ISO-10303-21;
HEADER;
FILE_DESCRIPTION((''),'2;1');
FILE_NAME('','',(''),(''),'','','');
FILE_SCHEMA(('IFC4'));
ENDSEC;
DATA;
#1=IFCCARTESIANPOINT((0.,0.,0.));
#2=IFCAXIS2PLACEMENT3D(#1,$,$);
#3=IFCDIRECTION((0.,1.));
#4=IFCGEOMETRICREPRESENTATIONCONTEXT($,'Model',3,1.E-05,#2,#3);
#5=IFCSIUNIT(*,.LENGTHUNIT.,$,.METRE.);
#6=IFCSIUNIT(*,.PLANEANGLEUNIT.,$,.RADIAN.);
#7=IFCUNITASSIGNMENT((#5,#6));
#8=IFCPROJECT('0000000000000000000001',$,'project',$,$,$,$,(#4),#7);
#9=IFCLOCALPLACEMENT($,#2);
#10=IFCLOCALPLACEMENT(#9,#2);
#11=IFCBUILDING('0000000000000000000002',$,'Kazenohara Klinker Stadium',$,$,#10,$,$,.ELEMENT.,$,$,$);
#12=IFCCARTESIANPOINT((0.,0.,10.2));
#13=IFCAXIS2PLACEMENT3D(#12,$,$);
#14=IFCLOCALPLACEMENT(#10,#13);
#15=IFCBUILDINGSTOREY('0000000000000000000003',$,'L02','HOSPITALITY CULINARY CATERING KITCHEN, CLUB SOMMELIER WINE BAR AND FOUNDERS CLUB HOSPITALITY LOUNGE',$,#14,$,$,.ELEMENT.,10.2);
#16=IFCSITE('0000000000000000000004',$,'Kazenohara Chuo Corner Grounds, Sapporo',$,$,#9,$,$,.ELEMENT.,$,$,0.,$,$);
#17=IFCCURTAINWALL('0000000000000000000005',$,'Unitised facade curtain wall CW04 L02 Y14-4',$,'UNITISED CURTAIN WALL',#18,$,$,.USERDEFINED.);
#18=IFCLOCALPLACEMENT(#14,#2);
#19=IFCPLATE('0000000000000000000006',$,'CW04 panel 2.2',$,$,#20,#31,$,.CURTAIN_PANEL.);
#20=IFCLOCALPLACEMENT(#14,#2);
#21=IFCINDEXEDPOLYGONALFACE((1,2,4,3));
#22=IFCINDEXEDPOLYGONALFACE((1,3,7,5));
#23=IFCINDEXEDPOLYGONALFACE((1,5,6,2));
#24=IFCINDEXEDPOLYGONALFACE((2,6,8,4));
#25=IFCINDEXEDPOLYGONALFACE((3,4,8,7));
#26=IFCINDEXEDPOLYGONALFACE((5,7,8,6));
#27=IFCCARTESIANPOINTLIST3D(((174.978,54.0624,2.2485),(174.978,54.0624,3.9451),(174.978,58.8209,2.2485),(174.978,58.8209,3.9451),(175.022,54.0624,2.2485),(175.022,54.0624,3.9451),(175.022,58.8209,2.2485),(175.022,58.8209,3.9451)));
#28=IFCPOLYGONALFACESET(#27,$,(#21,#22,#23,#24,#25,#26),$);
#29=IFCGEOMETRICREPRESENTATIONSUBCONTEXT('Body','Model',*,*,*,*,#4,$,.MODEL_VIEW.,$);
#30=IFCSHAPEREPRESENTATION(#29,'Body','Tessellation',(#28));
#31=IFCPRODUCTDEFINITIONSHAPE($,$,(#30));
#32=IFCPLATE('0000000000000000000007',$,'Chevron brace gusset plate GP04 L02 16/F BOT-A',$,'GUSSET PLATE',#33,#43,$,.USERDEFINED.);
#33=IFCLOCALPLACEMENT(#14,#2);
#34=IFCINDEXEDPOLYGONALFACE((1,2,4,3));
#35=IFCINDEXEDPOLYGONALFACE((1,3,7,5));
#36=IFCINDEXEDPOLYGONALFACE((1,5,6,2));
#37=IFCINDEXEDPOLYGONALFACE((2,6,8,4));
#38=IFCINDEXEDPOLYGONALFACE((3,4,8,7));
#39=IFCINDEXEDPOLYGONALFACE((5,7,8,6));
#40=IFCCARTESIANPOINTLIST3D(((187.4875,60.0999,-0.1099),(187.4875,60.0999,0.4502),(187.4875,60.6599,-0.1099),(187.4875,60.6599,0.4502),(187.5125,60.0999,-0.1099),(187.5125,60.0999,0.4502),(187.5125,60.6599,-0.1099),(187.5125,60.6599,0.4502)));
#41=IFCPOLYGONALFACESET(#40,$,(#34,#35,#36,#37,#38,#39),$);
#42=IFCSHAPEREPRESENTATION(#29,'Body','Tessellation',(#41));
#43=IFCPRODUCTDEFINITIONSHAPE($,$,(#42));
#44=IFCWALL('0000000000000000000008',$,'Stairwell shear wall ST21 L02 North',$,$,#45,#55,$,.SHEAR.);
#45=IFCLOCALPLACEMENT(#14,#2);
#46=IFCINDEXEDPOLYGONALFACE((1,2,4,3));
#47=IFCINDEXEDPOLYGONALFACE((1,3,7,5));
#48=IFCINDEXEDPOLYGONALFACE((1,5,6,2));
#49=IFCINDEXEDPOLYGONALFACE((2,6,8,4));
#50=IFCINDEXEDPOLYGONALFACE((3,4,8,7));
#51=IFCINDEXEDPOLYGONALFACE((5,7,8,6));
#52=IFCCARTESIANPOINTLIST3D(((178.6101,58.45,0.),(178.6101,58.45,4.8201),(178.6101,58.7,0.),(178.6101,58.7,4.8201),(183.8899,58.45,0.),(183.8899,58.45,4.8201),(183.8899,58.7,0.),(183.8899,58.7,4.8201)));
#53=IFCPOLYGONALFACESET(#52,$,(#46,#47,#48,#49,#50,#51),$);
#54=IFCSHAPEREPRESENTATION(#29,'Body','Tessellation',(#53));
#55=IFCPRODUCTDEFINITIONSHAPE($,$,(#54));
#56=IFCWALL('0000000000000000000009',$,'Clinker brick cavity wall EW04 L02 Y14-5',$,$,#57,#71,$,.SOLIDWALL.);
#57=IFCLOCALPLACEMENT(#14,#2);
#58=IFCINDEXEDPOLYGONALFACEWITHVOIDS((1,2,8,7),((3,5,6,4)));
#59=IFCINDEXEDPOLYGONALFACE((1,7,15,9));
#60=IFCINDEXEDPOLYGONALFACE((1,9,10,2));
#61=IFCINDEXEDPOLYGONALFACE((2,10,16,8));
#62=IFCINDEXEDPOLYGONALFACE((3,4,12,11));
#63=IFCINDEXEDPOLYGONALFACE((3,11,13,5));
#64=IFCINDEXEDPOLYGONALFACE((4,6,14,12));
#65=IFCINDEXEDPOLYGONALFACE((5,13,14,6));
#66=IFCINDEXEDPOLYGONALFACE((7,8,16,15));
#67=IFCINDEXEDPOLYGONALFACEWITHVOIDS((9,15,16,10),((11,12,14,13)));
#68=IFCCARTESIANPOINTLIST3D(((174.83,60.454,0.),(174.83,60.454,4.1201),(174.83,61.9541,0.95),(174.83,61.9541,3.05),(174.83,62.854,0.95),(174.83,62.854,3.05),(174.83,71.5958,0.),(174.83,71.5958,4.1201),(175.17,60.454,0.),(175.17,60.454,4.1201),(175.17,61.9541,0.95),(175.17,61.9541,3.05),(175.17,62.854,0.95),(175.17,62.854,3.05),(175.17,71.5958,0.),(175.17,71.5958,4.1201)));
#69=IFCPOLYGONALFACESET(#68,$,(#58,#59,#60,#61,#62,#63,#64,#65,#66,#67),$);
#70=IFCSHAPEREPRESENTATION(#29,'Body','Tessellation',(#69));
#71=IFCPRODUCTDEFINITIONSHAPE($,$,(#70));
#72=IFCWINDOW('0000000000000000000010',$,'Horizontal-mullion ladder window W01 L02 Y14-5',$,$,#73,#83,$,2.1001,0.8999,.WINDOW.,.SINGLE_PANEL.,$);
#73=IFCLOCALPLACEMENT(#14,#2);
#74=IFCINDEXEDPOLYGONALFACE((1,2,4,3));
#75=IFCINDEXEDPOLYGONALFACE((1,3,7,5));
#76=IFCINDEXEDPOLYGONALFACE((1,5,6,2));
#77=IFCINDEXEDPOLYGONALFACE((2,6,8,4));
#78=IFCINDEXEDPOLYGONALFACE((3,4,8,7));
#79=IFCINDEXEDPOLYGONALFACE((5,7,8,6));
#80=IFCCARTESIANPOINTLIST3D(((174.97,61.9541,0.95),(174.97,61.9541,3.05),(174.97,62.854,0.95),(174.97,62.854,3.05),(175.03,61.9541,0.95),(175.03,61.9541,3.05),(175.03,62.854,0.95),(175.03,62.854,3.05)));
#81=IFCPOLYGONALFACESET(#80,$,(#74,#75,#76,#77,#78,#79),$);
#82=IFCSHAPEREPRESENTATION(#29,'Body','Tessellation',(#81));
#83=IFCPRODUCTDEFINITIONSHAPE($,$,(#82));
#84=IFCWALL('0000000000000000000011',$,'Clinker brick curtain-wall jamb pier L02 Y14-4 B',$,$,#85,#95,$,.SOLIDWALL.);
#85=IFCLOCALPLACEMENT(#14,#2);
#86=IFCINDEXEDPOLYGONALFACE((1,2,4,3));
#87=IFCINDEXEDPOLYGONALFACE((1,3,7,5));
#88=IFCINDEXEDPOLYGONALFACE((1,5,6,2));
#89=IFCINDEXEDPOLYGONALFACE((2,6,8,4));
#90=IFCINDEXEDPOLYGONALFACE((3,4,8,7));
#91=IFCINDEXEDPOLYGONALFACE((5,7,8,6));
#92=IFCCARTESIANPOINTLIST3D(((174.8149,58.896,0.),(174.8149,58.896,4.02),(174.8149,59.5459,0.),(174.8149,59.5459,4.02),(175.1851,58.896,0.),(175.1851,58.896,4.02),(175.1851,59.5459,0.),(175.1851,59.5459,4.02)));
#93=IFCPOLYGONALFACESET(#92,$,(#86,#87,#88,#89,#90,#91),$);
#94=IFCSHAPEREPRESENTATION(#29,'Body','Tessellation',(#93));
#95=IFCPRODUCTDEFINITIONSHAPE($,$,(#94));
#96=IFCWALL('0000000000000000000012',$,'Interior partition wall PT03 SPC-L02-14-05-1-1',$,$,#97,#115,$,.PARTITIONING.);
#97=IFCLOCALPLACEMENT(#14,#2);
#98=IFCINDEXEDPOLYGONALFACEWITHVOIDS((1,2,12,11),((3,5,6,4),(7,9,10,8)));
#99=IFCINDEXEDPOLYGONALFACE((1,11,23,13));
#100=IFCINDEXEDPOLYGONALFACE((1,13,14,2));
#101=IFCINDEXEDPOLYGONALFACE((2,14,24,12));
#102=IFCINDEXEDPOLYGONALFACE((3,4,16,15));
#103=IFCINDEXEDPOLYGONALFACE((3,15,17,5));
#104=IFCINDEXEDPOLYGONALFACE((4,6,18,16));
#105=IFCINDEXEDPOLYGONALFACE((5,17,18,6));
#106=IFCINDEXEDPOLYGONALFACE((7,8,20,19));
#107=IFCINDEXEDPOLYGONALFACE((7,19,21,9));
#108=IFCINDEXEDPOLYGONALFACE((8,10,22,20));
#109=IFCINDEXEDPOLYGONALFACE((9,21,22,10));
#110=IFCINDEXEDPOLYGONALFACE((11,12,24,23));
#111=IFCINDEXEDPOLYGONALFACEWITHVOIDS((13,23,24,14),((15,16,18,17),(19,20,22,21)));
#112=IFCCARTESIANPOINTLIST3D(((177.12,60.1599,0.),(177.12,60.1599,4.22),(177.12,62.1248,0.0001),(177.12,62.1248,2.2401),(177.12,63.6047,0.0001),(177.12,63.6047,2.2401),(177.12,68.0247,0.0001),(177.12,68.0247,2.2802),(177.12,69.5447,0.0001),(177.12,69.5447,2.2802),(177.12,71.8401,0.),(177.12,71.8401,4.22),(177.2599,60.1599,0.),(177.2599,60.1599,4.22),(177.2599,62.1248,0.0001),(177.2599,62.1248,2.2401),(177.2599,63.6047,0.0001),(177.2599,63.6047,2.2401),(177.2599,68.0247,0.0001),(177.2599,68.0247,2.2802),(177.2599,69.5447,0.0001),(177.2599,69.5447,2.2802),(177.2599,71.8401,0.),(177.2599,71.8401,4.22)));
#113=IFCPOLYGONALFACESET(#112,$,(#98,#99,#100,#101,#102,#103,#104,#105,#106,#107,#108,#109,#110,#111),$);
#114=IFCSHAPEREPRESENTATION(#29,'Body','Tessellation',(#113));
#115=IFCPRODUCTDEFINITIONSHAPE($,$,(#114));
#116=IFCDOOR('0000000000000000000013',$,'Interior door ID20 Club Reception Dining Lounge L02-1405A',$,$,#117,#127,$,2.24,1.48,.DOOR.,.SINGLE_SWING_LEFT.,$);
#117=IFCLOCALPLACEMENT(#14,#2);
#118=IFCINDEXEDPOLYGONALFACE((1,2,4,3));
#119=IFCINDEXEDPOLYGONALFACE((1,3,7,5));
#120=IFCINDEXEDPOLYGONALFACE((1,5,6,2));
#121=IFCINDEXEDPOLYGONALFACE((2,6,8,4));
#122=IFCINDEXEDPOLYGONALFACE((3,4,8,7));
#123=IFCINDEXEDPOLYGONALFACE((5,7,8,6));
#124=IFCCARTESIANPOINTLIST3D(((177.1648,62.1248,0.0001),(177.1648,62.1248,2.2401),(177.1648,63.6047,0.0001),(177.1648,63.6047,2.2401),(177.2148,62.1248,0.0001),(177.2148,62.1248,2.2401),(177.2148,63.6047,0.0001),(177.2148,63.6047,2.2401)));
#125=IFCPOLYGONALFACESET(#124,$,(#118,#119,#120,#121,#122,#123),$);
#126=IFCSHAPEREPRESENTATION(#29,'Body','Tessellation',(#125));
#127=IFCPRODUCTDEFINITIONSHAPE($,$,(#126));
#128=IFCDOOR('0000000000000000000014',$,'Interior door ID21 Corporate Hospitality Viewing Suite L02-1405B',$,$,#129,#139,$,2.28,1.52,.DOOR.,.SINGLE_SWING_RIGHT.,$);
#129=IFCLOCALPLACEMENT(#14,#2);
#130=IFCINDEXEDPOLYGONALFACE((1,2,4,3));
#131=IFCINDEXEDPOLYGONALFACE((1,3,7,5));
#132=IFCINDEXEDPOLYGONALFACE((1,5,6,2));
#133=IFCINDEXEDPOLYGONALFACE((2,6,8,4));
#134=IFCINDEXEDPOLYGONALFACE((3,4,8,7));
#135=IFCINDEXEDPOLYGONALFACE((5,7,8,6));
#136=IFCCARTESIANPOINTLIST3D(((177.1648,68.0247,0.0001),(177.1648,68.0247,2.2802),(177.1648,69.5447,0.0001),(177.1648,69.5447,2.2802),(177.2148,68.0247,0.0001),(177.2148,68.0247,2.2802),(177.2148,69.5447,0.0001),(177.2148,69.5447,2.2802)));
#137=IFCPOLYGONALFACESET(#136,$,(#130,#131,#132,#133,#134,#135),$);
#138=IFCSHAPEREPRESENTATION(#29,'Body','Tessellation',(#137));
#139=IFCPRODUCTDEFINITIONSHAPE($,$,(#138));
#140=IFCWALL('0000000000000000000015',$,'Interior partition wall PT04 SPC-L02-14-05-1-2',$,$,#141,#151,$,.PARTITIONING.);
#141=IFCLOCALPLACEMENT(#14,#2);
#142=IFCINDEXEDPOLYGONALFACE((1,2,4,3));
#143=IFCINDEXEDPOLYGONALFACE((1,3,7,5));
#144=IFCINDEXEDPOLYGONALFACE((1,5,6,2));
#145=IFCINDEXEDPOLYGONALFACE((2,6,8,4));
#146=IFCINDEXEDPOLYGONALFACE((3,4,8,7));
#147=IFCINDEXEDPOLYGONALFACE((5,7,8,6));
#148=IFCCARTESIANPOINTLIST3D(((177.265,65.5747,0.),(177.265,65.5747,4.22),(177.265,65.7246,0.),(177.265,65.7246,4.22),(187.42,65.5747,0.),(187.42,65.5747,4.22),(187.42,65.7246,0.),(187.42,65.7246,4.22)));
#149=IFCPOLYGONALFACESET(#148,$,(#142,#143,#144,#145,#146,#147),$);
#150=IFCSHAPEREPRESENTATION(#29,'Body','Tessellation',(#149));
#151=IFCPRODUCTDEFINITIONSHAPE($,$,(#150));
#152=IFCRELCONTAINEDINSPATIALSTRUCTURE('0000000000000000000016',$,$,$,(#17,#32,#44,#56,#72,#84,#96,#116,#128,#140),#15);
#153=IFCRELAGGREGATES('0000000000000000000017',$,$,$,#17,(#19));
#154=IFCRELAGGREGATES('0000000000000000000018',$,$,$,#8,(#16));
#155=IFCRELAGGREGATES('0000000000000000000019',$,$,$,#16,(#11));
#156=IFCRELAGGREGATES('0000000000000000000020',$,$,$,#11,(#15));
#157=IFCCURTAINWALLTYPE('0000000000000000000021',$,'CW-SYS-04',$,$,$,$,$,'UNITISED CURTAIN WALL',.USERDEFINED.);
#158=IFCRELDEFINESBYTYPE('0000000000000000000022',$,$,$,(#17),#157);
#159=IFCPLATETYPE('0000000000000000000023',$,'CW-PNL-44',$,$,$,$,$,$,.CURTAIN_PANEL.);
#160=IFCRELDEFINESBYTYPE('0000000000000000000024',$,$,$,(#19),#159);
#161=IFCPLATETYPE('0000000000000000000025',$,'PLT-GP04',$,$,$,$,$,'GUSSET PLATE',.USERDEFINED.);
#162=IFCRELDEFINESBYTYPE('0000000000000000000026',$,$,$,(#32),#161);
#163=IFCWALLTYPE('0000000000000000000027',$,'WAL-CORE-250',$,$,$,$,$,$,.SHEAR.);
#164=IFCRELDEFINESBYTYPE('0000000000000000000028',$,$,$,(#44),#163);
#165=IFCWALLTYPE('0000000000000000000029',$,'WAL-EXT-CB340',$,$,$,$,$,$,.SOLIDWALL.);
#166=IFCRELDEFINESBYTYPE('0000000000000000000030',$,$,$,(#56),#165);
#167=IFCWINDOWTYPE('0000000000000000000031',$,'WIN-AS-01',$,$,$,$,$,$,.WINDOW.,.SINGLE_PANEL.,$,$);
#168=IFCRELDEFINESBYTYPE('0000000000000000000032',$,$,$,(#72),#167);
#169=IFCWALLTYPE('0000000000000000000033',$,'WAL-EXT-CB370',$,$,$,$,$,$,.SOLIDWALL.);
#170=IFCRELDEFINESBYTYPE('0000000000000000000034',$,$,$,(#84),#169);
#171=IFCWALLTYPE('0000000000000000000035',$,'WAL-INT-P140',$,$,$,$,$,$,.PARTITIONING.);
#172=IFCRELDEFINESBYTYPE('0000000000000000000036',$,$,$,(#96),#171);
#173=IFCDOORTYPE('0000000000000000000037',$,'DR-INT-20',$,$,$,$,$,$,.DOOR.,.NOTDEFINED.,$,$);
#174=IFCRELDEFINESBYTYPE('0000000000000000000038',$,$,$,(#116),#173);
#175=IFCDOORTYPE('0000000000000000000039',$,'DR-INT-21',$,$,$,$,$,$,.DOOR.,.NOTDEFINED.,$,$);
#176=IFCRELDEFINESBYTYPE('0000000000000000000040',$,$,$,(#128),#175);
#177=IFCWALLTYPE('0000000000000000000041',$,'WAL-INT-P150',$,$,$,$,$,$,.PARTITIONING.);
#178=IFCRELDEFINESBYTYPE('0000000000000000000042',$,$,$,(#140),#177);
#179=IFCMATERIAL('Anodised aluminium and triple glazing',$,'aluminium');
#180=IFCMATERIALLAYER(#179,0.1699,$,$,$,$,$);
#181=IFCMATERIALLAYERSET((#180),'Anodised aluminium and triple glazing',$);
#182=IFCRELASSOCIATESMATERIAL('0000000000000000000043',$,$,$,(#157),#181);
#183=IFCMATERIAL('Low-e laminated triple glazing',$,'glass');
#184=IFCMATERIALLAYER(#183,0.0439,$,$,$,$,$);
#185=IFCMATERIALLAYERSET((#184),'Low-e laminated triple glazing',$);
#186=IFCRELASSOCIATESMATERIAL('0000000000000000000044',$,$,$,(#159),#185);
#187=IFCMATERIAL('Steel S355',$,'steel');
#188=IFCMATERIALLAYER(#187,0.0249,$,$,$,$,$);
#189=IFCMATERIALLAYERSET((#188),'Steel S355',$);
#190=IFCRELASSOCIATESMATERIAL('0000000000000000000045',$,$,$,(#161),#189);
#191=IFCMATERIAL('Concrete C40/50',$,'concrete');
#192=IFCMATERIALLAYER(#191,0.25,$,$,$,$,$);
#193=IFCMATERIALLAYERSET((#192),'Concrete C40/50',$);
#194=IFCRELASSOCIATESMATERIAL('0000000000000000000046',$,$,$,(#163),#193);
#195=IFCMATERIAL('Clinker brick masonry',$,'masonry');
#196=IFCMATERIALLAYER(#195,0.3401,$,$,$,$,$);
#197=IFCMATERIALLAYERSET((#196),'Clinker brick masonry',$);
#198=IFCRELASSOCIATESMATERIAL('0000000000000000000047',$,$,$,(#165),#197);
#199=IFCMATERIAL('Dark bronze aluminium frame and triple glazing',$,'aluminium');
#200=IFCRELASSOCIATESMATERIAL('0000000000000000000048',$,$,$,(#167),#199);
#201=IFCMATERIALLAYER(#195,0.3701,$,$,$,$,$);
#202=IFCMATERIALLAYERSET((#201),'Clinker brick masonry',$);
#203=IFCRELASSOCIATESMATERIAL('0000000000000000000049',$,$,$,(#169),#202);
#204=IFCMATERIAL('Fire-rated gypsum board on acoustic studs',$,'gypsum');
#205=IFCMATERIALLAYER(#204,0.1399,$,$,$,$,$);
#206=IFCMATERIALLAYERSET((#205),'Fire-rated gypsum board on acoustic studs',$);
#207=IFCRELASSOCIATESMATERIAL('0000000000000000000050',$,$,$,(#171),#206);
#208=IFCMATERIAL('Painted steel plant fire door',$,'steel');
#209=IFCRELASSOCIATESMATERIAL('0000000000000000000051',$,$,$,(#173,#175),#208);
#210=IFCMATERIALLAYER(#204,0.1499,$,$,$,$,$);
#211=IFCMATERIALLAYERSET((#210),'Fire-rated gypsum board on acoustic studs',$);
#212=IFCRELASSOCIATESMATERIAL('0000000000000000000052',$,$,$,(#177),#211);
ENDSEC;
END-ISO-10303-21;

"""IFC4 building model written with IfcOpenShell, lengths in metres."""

from ifc_helpers import new_model, si_unit, direction, frame, frame_2d, origin, origin_2d, place, context, subcontext, project, spatial, rectangle, extrude, material, layer, layer_set, type_object, element, fill, aggregate, save


model = new_model("IFC4")

# Units and contexts
model_context = context("Model", 3, precision=1e-05, world=origin(), true_north=direction((0.0, 1.0)))
body_context = subcontext(model_context, "Body", "Model", "MODEL_VIEW")
ifc_project = project(units=[si_unit("LENGTHUNIT", "METRE"), si_unit("PLANEANGLEUNIT", "RADIAN")], contexts=[model_context])

# Site, building, storey
site_placement = place(None, origin())
site = spatial("IfcSite", under=ifc_project, at=site_placement, Name="Kazenohara Chuo Corner Grounds, Sapporo", CompositionType="ELEMENT", RefElevation=0.0)
building_placement = place(site_placement, origin())
building = spatial("IfcBuilding", under=site, at=building_placement, Name="Kazenohara Klinker Stadium", CompositionType="ELEMENT")
storey_placement = place(building_placement, frame((0.0, 0.0, 10.2)))
storey = spatial("IfcBuildingStorey", under=building, at=storey_placement, Name="L02", Description="HOSPITALITY CULINARY CATERING KITCHEN, CLUB SOMMELIER WINE BAR AND FOUNDERS CLUB HOSPITALITY LOUNGE", CompositionType="ELEMENT", Elevation=10.2)

# Shared definitions
ifc_material_1 = material(Name="Concrete C40/50", Category="concrete")

# Shared definitions
ifc_material_2 = material(Name="Steel S355", Category="steel")

# Curtain wall
ifc_material_3 = material(Name="Anodised aluminium and triple glazing", Category="aluminium")
ifc_layer_1 = layer(ifc_material_3, 0.1699)
ifc_layer_set_1 = layer_set([ifc_layer_1], Name="Anodised aluminium and triple glazing")
curtain_wall_type = type_object("IfcCurtainWallType", Name="CW-SYS-04", ElementType="UNITISED CURTAIN WALL", PredefinedType="USERDEFINED", material=ifc_layer_set_1)
curtain_wall_placement = place(storey_placement, origin())
curtain_wall = element("IfcCurtainWall", 1, at=curtain_wall_placement, inside=storey, type_object=curtain_wall_type, Name="Unitised facade curtain wall CW04 L02 Y14-4", ObjectType="UNITISED CURTAIN WALL", PredefinedType="USERDEFINED")

# Plates
ifc_material_4 = material(Name="Low-e laminated triple glazing", Category="glass")
ifc_layer_2 = layer(ifc_material_4, 0.0439)
ifc_layer_set_2 = layer_set([ifc_layer_2], Name="Low-e laminated triple glazing")
plate_type_1 = type_object("IfcPlateType", Name="CW-PNL-44", PredefinedType="CURTAIN_PANEL", material=ifc_layer_set_2)
plate_1_placement = place(storey_placement, frame((175.0, 56.4417, 2.2485), z_axis=(0.0, 0.0, 1.0), x_axis=(0.0, 1.0, 0.0)))
plate_1 = element("IfcPlate", 2, at=plate_1_placement, type_object=plate_type_1, Name="CW04 panel 2.2", PredefinedType="CURTAIN_PANEL", context=body_context, shape_type="SweptSolid", body=[
    extrude(rectangle(XDim=4.7585, YDim=0.0439, at=origin_2d()), origin(), (0.0, 0.0, 1.0), 1.6965),
])
aggregate(curtain_wall, [plate_1])
ifc_layer_3 = layer(ifc_material_2, 0.0249)
ifc_layer_set_3 = layer_set([ifc_layer_3], Name="Steel S355")
plate_type_2 = type_object("IfcPlateType", Name="PLT-GP04", ElementType="GUSSET PLATE", PredefinedType="USERDEFINED", material=ifc_layer_set_3)
plate_2_placement = place(storey_placement, frame((187.5, 60.3799, -0.1099), z_axis=(0.0, 0.0, 1.0), x_axis=(1.0, 0.0, 0.0)))
element("IfcPlate", 3, at=plate_2_placement, inside=storey, type_object=plate_type_2, Name="Chevron brace gusset plate GP04 L02 16/F BOT-A", ObjectType="GUSSET PLATE", PredefinedType="USERDEFINED", context=body_context, shape_type="SweptSolid", body=[
    extrude(rectangle(XDim=0.0249, YDim=0.5601, at=origin_2d()), origin(), (0.0, 0.0, 1.0), 0.5601),
])

# Wall
ifc_layer_4 = layer(ifc_material_1, 0.25)
ifc_layer_set_4 = layer_set([ifc_layer_4], Name="Concrete C40/50")
wall_type_1 = type_object("IfcWallType", Name="WAL-CORE-250", PredefinedType="SHEAR", material=ifc_layer_set_4)
wall_1_placement = place(storey_placement, frame((178.6101, 58.575, 0.0), z_axis=(0.0, 0.0, 1.0), x_axis=(1.0, 0.0, 0.0)))
element("IfcWall", 4, at=wall_1_placement, inside=storey, type_object=wall_type_1, Name="Stairwell shear wall ST21 L02 North", PredefinedType="SHEAR", context=body_context, shape_type="SweptSolid", body=[
    extrude(rectangle(XDim=5.2798, YDim=0.25, at=frame_2d((2.6399, 0.0))), origin(), (0.0, 0.0, 1.0), 4.8201),
])

# Wall, opening, window
ifc_material_5 = material(Name="Clinker brick masonry", Category="masonry")
ifc_layer_5 = layer(ifc_material_5, 0.3401)
ifc_layer_set_5 = layer_set([ifc_layer_5], Name="Clinker brick masonry")
wall_type_2 = type_object("IfcWallType", Name="WAL-EXT-CB340", PredefinedType="SOLIDWALL", material=ifc_layer_set_5)
wall_2_placement = place(storey_placement, frame((175.0, 60.4541, 0.0), z_axis=(0.0, 0.0, 1.0), x_axis=(0.0, 1.0, 0.0)))
wall_2 = element("IfcWall", 5, at=wall_2_placement, inside=storey, type_object=wall_type_2, Name="Clinker brick cavity wall EW04 L02 Y14-5", PredefinedType="SOLIDWALL", context=body_context, shape_type="SweptSolid", body=[
    extrude(rectangle(XDim=11.1418, YDim=0.3401, at=frame_2d((5.5708, 0.0))), origin(), (0.0, 0.0, 1.0), 4.1201),
])
opening_1_placement = place(wall_2_placement, frame((1.5, 0.0, 0.95)))
opening_1 = element("IfcOpeningElement", 6, at=opening_1_placement, cuts=wall_2, PredefinedType="OPENING", context=body_context, shape_type="SweptSolid", body=[
    extrude(rectangle(XDim=0.8999, YDim=2.1001, at=frame_2d((0.45, 1.05))), frame((0.0, 0.1802, 0.0), z_axis=(0.0, -1.0, 0.0), x_axis=(1.0, 0.0, 0.0)), (0.0, 0.0, 1.0), 0.3601),
])
ifc_material_6 = material(Name="Dark bronze aluminium frame and triple glazing", Category="aluminium")
window_type = type_object("IfcWindowType", Name="WIN-AS-01", PartitioningType="SINGLE_PANEL", PredefinedType="WINDOW", material=ifc_material_6)
window_placement = place(opening_1_placement, origin())
window = element("IfcWindow", 7, at=window_placement, inside=storey, type_object=window_type, Name="Horizontal-mullion ladder window W01 L02 Y14-5", OverallHeight=2.1001, OverallWidth=0.8999, PartitioningType="SINGLE_PANEL", PredefinedType="WINDOW", context=body_context, shape_type="SweptSolid", body=[
    extrude(rectangle(XDim=0.8999, YDim=2.1001, at=frame_2d((0.45, 1.05))), frame((0.0, 0.03, 0.0), z_axis=(0.0, -1.0, 0.0), x_axis=(1.0, 0.0, 0.0)), (0.0, 0.0, 1.0), 0.0601),
])
fill(opening_1, window)

# Wall
ifc_layer_6 = layer(ifc_material_5, 0.3701)
ifc_layer_set_6 = layer_set([ifc_layer_6], Name="Clinker brick masonry")
wall_type_3 = type_object("IfcWallType", Name="WAL-EXT-CB370", PredefinedType="SOLIDWALL", material=ifc_layer_set_6)
wall_3_placement = place(storey_placement, frame((175.0, 58.896, 0.0), z_axis=(0.0, 0.0, 1.0), x_axis=(0.0, 1.0, 0.0)))
element("IfcWall", 8, at=wall_3_placement, inside=storey, type_object=wall_type_3, Name="Clinker brick curtain-wall jamb pier L02 Y14-4 B", PredefinedType="SOLIDWALL", context=body_context, shape_type="SweptSolid", body=[
    extrude(rectangle(XDim=0.6499, YDim=0.3701, at=frame_2d((0.325, 0.0))), origin(), (0.0, 0.0, 1.0), 4.02),
])

# Wall, openings, doors
ifc_material_7 = material(Name="Fire-rated gypsum board on acoustic studs", Category="gypsum")
ifc_layer_7 = layer(ifc_material_7, 0.1399)
ifc_layer_set_7 = layer_set([ifc_layer_7], Name="Fire-rated gypsum board on acoustic studs")
wall_type_4 = type_object("IfcWallType", Name="WAL-INT-P140", PredefinedType="PARTITIONING", material=ifc_layer_set_7)
wall_4_placement = place(storey_placement, frame((177.1899, 60.1599, 0.0), z_axis=(0.0, 0.0, 1.0), x_axis=(0.0, 1.0, 0.0)))
wall_4 = element("IfcWall", 9, at=wall_4_placement, inside=storey, type_object=wall_type_4, Name="Interior partition wall PT03 SPC-L02-14-05-1-1", PredefinedType="PARTITIONING", context=body_context, shape_type="SweptSolid", body=[
    extrude(rectangle(XDim=11.6802, YDim=0.1399, at=frame_2d((5.8401, 0.0))), origin(), (0.0, 0.0, 1.0), 4.22),
])
opening_2_placement = place(wall_4_placement, frame((3.4448, 0.0, 0.0), z_axis=(0.0, 0.0, 1.0), x_axis=(-1.0, 0.0, 0.0)))
opening_2 = element("IfcOpeningElement", 10, at=opening_2_placement, cuts=wall_4, PredefinedType="OPENING", context=body_context, shape_type="SweptSolid", body=[
    extrude(rectangle(XDim=1.48, YDim=2.24, at=frame_2d((0.74, 1.1201))), frame((0.0, 0.0801, 0.0), z_axis=(0.0, -1.0, 0.0), x_axis=(1.0, 0.0, 0.0)), (0.0, 0.0, 1.0), 0.1599),
])
opening_3_placement = place(wall_4_placement, frame((9.3848, 0.0, 0.0), z_axis=(0.0, 0.0, 1.0), x_axis=(-1.0, 0.0, 0.0)))
opening_3 = element("IfcOpeningElement", 11, at=opening_3_placement, cuts=wall_4, PredefinedType="OPENING", context=body_context, shape_type="SweptSolid", body=[
    extrude(rectangle(XDim=1.52, YDim=2.28, at=frame_2d((0.76, 1.1401))), frame((0.0, 0.0801, 0.0), z_axis=(0.0, -1.0, 0.0), x_axis=(1.0, 0.0, 0.0)), (0.0, 0.0, 1.0), 0.1599),
])
ifc_material_8 = material(Name="Painted steel plant fire door", Category="steel")
door_type_1 = type_object("IfcDoorType", Name="DR-INT-20", OperationType="NOTDEFINED", PredefinedType="DOOR", material=ifc_material_8)
door_1_placement = place(opening_2_placement, origin())
door_1 = element("IfcDoor", 12, at=door_1_placement, inside=storey, type_object=door_type_1, Name="Interior door ID20 Club Reception Dining Lounge L02-1405A", OperationType="SINGLE_SWING_LEFT", OverallHeight=2.24, OverallWidth=1.48, PredefinedType="DOOR", context=body_context, shape_type="SweptSolid", body=[
    extrude(rectangle(XDim=1.48, YDim=2.24, at=frame_2d((0.74, 1.1201))), frame((0.0, 0.0249, 0.0), z_axis=(0.0, -1.0, 0.0), x_axis=(1.0, 0.0, 0.0)), (0.0, 0.0, 1.0), 0.05),
])
fill(opening_2, door_1)
door_type_2 = type_object("IfcDoorType", Name="DR-INT-21", OperationType="NOTDEFINED", PredefinedType="DOOR", material=ifc_material_8)
door_2_placement = place(opening_3_placement, origin())
door_2 = element("IfcDoor", 13, at=door_2_placement, inside=storey, type_object=door_type_2, Name="Interior door ID21 Corporate Hospitality Viewing Suite L02-1405B", OperationType="SINGLE_SWING_RIGHT", OverallHeight=2.28, OverallWidth=1.52, PredefinedType="DOOR", context=body_context, shape_type="SweptSolid", body=[
    extrude(rectangle(XDim=1.52, YDim=2.28, at=frame_2d((0.76, 1.1401))), frame((0.0, 0.0249, 0.0), z_axis=(0.0, -1.0, 0.0), x_axis=(1.0, 0.0, 0.0)), (0.0, 0.0, 1.0), 0.05),
])
fill(opening_3, door_2)

# Wall
ifc_layer_8 = layer(ifc_material_7, 0.1499)
ifc_layer_set_8 = layer_set([ifc_layer_8], Name="Fire-rated gypsum board on acoustic studs")
wall_type_5 = type_object("IfcWallType", Name="WAL-INT-P150", PredefinedType="PARTITIONING", material=ifc_layer_set_8)
wall_5_placement = place(storey_placement, frame((177.2649, 65.6497, 0.0), z_axis=(0.0, 0.0, 1.0), x_axis=(1.0, 0.0, 0.0)))
element("IfcWall", 14, at=wall_5_placement, inside=storey, type_object=wall_type_5, Name="Interior partition wall PT04 SPC-L02-14-05-1-2", PredefinedType="PARTITIONING", context=body_context, shape_type="SweptSolid", body=[
    extrude(rectangle(XDim=10.155, YDim=0.1499, at=frame_2d((5.0776, 0.0))), origin(), (0.0, 0.0, 1.0), 4.22),
])

save(model, "model.ifc")
